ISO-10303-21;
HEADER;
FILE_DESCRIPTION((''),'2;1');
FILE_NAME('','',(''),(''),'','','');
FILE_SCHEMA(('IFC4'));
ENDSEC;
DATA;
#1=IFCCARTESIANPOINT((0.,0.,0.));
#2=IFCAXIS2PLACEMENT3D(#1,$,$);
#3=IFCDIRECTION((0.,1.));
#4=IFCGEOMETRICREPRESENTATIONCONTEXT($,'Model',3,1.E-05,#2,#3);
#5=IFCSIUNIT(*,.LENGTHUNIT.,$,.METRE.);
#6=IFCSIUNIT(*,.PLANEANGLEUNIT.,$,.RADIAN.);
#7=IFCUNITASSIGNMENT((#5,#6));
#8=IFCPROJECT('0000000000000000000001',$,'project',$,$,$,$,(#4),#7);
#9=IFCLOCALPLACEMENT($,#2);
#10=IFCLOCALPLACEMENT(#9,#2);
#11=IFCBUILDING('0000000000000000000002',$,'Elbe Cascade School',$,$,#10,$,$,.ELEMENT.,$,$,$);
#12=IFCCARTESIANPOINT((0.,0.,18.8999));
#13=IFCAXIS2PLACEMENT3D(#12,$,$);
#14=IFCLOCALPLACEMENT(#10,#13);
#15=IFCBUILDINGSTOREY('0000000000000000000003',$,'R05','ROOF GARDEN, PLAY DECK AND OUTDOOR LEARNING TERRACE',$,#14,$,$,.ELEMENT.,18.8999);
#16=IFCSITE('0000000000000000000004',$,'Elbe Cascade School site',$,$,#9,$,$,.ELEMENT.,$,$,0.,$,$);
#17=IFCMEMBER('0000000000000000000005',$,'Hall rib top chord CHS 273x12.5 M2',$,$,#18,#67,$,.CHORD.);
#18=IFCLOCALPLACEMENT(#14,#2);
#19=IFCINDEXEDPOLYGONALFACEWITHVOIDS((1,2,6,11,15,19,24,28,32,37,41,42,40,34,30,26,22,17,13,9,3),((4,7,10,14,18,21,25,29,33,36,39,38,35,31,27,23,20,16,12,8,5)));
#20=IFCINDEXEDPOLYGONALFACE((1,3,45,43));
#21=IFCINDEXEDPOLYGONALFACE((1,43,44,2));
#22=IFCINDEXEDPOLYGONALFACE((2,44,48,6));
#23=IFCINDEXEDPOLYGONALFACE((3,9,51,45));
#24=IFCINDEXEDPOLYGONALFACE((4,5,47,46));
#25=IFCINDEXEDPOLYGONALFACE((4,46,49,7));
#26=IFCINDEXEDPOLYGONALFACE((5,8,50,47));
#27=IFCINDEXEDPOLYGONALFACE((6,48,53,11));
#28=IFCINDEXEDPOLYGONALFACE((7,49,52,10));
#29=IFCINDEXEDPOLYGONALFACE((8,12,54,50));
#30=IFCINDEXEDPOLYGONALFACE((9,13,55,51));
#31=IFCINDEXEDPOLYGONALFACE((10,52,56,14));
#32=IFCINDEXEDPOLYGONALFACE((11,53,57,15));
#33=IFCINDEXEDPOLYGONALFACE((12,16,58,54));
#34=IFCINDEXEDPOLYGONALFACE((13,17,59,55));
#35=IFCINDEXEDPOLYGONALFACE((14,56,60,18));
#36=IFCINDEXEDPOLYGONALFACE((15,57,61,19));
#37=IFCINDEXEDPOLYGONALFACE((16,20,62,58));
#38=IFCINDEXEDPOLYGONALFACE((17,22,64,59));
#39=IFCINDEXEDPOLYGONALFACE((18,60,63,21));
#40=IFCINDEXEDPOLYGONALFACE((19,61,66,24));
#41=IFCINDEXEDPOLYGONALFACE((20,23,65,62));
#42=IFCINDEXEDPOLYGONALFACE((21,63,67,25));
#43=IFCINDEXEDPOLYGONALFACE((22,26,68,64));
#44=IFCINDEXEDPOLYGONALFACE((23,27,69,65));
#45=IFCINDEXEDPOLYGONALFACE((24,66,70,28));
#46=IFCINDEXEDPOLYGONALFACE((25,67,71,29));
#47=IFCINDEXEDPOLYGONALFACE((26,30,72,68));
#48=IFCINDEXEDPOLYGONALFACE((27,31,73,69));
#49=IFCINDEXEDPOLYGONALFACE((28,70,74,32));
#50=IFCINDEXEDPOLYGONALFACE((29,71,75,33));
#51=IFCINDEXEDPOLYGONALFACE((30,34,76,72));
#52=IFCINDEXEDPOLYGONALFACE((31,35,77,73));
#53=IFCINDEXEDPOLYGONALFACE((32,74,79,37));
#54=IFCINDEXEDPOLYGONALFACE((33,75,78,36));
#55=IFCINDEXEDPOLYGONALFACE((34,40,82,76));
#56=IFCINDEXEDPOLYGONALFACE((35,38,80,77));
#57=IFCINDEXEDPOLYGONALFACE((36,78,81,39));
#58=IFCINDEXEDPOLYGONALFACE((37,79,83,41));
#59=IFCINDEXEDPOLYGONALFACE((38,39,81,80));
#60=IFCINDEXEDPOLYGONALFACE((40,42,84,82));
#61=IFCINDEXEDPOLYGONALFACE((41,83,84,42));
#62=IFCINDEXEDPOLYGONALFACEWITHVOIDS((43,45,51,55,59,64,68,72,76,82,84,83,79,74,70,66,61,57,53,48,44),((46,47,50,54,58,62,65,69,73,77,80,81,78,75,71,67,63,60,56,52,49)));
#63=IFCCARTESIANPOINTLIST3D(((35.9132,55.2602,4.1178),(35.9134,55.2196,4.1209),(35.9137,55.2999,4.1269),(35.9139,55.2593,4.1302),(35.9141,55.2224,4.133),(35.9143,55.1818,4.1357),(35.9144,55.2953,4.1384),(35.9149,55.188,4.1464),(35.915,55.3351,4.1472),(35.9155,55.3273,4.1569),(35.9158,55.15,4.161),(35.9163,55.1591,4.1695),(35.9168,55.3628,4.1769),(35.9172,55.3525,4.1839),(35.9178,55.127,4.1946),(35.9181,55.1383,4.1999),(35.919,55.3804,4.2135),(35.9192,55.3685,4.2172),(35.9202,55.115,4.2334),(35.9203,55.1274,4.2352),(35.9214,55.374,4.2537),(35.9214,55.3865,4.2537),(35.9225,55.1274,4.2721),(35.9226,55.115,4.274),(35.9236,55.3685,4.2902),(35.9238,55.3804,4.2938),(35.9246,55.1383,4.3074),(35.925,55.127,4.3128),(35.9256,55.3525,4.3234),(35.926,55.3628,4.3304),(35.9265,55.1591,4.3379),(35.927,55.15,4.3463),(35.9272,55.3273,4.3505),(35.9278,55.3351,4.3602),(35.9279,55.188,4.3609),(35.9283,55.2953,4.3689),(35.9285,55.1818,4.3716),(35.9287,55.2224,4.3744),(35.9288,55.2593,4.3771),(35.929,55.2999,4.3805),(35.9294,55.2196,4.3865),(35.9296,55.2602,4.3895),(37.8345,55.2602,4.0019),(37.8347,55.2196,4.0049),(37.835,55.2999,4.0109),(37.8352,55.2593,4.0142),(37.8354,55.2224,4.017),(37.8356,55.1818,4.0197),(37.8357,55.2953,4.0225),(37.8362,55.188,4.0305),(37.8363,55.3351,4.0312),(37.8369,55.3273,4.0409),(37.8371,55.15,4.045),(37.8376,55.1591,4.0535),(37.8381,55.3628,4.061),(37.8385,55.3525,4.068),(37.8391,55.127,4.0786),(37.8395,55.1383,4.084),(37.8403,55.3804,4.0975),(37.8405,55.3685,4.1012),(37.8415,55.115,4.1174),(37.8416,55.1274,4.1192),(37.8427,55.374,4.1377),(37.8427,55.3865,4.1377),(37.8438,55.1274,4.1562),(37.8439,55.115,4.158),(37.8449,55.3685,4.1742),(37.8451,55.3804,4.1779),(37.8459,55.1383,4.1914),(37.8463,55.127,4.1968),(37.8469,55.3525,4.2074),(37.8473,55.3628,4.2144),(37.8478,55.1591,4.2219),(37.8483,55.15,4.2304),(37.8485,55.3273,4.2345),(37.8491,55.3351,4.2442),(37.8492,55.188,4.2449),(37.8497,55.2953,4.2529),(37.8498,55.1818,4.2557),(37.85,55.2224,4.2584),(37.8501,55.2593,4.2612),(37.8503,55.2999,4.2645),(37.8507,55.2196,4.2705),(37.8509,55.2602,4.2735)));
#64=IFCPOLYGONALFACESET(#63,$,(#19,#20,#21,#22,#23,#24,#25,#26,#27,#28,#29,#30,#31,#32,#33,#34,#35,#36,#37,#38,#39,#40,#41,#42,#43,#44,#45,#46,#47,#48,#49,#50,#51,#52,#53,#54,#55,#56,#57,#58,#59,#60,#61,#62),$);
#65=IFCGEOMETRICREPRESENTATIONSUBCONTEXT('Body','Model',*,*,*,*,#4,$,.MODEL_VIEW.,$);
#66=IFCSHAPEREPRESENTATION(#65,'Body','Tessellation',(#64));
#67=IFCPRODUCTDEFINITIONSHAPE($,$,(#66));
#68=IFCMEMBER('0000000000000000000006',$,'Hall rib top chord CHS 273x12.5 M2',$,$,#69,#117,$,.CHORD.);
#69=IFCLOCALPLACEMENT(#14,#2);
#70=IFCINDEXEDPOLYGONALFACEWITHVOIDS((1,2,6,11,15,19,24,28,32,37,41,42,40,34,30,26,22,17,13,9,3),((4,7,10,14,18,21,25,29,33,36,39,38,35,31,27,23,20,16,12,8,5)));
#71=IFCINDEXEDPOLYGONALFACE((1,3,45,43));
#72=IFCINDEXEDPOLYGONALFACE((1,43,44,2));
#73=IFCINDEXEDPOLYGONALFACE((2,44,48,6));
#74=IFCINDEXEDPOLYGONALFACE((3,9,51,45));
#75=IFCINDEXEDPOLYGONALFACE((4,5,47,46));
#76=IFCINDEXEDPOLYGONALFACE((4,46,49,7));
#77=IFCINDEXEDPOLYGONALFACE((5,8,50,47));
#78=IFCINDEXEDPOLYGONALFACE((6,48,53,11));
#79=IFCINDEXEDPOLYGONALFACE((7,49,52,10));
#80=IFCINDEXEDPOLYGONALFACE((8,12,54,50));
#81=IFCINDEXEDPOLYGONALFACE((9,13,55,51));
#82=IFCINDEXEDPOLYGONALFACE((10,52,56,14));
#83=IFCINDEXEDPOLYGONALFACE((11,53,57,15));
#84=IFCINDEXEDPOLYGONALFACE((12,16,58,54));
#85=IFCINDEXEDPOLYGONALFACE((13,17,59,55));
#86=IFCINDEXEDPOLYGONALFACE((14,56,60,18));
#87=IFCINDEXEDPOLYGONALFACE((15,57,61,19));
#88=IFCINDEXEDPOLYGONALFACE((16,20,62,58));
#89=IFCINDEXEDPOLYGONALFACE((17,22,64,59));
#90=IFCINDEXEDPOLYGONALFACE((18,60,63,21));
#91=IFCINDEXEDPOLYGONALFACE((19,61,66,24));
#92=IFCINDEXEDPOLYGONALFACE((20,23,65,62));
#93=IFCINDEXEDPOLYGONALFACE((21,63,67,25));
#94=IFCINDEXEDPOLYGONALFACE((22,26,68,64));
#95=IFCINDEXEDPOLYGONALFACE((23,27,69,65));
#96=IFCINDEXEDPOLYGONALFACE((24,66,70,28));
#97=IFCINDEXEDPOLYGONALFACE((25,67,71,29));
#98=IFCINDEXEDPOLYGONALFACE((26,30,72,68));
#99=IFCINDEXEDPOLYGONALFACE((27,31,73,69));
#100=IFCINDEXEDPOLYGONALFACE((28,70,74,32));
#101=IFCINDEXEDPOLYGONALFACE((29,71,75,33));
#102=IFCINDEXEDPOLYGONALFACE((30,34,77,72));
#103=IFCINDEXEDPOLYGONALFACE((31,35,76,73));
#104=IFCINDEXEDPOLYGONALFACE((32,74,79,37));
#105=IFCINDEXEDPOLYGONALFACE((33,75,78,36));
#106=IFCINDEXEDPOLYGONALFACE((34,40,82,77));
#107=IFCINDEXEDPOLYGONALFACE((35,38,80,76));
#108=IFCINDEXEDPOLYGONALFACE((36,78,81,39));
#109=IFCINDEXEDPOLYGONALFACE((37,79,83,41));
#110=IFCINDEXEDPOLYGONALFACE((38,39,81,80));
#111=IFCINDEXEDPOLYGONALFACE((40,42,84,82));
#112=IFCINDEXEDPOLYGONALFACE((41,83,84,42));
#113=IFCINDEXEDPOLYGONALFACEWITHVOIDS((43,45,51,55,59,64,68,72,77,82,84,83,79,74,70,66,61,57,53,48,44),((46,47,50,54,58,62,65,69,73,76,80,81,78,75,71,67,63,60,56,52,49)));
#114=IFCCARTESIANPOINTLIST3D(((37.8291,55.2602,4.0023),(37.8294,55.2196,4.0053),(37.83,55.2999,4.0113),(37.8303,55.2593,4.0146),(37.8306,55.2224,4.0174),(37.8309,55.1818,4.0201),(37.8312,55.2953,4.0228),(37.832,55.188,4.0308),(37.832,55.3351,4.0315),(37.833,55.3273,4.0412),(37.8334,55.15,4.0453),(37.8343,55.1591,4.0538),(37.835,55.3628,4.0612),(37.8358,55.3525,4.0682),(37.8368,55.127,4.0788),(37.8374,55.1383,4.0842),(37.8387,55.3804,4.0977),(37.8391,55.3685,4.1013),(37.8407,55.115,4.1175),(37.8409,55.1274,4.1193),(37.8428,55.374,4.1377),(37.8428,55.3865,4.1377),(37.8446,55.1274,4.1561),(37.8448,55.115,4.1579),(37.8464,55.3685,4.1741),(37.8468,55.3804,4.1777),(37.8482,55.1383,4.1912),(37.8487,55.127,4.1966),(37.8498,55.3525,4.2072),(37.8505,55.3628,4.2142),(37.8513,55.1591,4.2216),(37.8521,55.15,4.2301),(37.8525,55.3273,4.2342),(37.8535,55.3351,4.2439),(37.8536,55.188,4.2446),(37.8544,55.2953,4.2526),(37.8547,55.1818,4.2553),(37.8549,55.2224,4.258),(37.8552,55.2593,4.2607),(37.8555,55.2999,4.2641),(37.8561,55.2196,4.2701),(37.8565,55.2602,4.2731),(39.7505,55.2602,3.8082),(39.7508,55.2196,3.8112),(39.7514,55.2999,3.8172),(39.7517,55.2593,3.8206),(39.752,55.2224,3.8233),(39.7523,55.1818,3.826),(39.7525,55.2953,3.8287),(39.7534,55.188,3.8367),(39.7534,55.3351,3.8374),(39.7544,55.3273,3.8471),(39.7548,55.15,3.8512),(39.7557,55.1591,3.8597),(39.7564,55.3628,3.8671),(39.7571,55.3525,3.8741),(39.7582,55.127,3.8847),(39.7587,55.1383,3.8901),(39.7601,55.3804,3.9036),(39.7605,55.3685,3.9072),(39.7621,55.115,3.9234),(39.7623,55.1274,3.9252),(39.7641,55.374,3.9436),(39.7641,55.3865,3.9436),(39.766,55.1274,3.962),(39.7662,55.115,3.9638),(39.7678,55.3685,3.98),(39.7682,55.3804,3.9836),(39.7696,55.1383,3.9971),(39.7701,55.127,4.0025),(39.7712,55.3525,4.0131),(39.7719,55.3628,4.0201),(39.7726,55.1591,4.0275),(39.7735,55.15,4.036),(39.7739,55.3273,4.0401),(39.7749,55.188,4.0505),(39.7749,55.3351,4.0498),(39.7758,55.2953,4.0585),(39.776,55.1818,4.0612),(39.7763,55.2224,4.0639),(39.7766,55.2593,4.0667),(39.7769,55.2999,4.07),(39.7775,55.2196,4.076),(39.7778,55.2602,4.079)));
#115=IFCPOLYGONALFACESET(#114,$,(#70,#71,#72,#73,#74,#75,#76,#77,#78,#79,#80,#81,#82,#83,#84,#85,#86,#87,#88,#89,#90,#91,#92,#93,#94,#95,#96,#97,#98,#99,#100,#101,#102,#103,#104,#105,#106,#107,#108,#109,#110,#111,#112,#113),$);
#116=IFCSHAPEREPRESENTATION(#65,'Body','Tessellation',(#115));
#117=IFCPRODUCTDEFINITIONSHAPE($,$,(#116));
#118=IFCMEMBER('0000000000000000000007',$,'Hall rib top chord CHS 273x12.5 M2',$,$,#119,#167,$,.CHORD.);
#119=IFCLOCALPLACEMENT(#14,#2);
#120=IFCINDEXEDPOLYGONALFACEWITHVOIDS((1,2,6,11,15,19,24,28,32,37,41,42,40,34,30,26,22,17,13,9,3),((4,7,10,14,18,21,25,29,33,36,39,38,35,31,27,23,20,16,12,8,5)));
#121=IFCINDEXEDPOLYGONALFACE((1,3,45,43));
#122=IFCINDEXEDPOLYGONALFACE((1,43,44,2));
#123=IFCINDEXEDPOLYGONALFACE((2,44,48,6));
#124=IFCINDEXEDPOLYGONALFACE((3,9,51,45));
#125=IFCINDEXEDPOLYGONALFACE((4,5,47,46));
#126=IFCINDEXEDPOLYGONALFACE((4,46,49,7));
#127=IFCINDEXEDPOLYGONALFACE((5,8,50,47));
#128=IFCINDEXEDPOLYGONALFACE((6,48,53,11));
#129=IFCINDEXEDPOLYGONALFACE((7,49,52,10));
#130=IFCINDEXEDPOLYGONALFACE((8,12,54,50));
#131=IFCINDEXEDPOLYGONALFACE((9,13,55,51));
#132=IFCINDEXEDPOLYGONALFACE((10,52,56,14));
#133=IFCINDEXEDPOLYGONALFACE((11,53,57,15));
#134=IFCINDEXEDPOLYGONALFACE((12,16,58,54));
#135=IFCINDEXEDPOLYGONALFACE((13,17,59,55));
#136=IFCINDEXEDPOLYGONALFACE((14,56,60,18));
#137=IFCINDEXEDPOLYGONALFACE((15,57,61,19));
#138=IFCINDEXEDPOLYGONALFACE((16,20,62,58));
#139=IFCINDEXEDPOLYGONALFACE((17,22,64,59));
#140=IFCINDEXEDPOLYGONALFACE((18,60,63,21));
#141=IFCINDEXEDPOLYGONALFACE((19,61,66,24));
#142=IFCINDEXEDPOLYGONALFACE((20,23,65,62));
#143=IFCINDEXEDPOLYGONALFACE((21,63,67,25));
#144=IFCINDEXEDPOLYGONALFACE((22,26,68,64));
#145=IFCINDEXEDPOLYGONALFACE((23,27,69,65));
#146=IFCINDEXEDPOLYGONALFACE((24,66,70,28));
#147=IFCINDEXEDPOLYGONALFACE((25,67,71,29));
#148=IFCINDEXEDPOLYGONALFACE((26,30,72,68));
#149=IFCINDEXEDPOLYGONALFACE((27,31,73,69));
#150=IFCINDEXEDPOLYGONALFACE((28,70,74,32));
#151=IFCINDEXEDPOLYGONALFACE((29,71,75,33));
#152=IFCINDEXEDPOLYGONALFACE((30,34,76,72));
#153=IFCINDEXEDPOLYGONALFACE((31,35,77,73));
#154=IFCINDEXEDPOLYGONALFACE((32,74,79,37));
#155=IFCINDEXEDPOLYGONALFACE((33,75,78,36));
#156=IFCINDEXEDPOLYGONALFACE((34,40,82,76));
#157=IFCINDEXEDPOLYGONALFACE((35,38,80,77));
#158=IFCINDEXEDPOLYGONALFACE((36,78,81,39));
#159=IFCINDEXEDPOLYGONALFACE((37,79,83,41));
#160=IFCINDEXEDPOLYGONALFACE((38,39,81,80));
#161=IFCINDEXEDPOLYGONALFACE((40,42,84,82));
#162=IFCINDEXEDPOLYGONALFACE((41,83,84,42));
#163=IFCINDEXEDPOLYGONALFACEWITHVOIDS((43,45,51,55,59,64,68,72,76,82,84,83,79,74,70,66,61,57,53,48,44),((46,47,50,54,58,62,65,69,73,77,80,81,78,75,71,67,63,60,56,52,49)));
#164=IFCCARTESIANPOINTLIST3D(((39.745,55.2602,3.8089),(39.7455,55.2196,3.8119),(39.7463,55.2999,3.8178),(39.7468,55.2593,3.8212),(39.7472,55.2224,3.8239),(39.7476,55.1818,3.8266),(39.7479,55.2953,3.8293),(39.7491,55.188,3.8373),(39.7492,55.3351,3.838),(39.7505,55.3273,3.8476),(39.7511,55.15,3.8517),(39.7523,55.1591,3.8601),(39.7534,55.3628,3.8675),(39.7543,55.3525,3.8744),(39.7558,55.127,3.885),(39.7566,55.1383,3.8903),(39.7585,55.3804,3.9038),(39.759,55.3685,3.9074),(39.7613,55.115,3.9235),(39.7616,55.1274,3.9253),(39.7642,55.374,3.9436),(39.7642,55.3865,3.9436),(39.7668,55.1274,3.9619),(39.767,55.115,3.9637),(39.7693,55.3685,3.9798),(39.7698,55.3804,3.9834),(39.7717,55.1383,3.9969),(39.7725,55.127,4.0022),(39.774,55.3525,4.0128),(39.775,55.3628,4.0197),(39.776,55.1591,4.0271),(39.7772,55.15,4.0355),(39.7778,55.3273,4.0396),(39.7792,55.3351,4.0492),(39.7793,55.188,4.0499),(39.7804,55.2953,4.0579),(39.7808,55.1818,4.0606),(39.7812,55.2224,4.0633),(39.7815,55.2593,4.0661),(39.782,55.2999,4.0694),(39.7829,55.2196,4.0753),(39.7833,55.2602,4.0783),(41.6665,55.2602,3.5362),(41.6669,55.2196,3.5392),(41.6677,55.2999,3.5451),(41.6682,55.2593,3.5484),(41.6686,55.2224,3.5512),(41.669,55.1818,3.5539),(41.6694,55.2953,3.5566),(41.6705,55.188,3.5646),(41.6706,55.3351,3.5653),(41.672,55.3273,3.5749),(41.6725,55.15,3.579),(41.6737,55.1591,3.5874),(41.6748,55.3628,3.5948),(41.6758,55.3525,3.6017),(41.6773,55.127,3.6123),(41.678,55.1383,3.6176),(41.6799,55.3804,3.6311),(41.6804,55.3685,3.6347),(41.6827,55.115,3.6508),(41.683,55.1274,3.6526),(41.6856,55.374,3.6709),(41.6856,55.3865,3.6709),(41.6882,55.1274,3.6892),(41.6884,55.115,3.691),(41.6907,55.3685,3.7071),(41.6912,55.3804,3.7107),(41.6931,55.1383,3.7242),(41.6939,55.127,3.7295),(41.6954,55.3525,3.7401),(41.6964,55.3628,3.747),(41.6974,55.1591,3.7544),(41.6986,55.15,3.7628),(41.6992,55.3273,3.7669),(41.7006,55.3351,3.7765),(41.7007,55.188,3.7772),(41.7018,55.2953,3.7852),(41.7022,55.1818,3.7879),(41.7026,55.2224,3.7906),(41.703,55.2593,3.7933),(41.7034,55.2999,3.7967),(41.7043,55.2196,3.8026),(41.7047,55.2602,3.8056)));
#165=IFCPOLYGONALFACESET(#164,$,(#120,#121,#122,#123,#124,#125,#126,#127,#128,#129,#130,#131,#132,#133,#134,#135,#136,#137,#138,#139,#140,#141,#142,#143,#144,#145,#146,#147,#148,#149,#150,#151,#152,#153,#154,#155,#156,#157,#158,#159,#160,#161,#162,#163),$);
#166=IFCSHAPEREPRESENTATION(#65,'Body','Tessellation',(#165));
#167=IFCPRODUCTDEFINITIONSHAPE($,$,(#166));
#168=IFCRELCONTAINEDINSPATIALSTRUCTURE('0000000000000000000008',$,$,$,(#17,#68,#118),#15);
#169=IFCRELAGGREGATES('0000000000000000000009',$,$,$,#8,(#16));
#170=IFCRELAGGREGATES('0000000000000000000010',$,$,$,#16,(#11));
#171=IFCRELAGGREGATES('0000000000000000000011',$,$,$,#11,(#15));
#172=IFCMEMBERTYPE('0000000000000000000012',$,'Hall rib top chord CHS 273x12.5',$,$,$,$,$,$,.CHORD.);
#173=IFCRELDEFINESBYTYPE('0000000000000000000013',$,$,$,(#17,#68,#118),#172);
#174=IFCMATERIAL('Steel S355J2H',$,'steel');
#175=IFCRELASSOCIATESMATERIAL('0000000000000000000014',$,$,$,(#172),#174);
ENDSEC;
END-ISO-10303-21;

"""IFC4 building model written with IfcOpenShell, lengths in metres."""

from ifc_helpers import new_model, si_unit, direction, frame, origin, origin_2d, place, context, subcontext, project, spatial, hollow_circle, extrude, material, material_profile, profile_set, type_object, element, save


model = new_model("IFC4")

# Units and contexts
model_context = context("Model", 3, precision=1e-05, world=origin(), true_north=direction((0.0, 1.0)))
body_context = subcontext(model_context, "Body", "Model", "MODEL_VIEW")
ifc_project = project(units=[si_unit("LENGTHUNIT", "METRE"), si_unit("PLANEANGLEUNIT", "RADIAN")], contexts=[model_context])

# Site, building, storey
site_placement = place(None, origin())
site = spatial("IfcSite", under=ifc_project, at=site_placement, Name="Elbe Cascade School site", CompositionType="ELEMENT", RefElevation=0.0)
building_placement = place(site_placement, origin())
building = spatial("IfcBuilding", under=site, at=building_placement, Name="Elbe Cascade School", CompositionType="ELEMENT")
storey_placement = place(building_placement, frame((0.0, 0.0, 18.8999)))
storey = spatial("IfcBuildingStorey", under=building, at=storey_placement, Name="R05", Description="ROOF GARDEN, PLAY DECK AND OUTDOOR LEARNING TERRACE", CompositionType="ELEMENT", Elevation=18.8999)

# Members
ifc_material_1 = material(Name="Steel S355J2H", Category="steel")
ifc_material_profile_1 = material_profile(ifc_material_1, hollow_circle(Radius=0.1365, WallThickness=0.0125, at=origin_2d()), Name="CHS 273x12.5")
ifc_profile_set_1 = profile_set([ifc_material_profile_1], Name="Steel S355J2H")
member_type_1 = type_object("IfcMemberType", Name="Hall rib top chord CHS 273x12.5", PredefinedType="CHORD", material=ifc_profile_set_1)
member_1_placement = place(storey_placement, frame((35.9214, 55.25, 4.2537), z_axis=(0.998184, 0.0, -0.060246), x_axis=(0.0, 1.0, 0.0)))
element("IfcMember", 1, at=member_1_placement, inside=storey, type_object=member_type_1, Name="Hall rib top chord CHS 273x12.5 M2", PredefinedType="CHORD", context=body_context, shape_type="SweptSolid", body=[
    extrude(hollow_circle(Radius=0.1365, WallThickness=0.0125, at=origin_2d()), origin(), (0.0, 0.0, 1.0), 1.9248),
])
member_2_placement = place(storey_placement, frame((37.8428, 55.25, 4.1377), z_axis=(0.994937, 0.0, -0.100505), x_axis=(0.0, 1.0, 0.0)))
element("IfcMember", 2, at=member_2_placement, inside=storey, type_object=member_type_1, Name="Hall rib top chord CHS 273x12.5 M2", PredefinedType="CHORD", context=body_context, shape_type="SweptSolid", body=[
    extrude(hollow_circle(Radius=0.1365, WallThickness=0.0125, at=origin_2d()), origin(), (0.0, 0.0, 1.0), 1.9312),
])
member_3_placement = place(storey_placement, frame((39.7642, 55.25, 3.9436), z_axis=(0.990077, 0.0, -0.140523), x_axis=(0.0, 1.0, 0.0)))
element("IfcMember", 3, at=member_3_placement, inside=storey, type_object=member_type_1, Name="Hall rib top chord CHS 273x12.5 M2", PredefinedType="CHORD", context=body_context, shape_type="SweptSolid", body=[
    extrude(hollow_circle(Radius=0.1365, WallThickness=0.0125, at=origin_2d()), origin(), (0.0, 0.0, 1.0), 1.9407),
])

save(model, "model.ifc")
